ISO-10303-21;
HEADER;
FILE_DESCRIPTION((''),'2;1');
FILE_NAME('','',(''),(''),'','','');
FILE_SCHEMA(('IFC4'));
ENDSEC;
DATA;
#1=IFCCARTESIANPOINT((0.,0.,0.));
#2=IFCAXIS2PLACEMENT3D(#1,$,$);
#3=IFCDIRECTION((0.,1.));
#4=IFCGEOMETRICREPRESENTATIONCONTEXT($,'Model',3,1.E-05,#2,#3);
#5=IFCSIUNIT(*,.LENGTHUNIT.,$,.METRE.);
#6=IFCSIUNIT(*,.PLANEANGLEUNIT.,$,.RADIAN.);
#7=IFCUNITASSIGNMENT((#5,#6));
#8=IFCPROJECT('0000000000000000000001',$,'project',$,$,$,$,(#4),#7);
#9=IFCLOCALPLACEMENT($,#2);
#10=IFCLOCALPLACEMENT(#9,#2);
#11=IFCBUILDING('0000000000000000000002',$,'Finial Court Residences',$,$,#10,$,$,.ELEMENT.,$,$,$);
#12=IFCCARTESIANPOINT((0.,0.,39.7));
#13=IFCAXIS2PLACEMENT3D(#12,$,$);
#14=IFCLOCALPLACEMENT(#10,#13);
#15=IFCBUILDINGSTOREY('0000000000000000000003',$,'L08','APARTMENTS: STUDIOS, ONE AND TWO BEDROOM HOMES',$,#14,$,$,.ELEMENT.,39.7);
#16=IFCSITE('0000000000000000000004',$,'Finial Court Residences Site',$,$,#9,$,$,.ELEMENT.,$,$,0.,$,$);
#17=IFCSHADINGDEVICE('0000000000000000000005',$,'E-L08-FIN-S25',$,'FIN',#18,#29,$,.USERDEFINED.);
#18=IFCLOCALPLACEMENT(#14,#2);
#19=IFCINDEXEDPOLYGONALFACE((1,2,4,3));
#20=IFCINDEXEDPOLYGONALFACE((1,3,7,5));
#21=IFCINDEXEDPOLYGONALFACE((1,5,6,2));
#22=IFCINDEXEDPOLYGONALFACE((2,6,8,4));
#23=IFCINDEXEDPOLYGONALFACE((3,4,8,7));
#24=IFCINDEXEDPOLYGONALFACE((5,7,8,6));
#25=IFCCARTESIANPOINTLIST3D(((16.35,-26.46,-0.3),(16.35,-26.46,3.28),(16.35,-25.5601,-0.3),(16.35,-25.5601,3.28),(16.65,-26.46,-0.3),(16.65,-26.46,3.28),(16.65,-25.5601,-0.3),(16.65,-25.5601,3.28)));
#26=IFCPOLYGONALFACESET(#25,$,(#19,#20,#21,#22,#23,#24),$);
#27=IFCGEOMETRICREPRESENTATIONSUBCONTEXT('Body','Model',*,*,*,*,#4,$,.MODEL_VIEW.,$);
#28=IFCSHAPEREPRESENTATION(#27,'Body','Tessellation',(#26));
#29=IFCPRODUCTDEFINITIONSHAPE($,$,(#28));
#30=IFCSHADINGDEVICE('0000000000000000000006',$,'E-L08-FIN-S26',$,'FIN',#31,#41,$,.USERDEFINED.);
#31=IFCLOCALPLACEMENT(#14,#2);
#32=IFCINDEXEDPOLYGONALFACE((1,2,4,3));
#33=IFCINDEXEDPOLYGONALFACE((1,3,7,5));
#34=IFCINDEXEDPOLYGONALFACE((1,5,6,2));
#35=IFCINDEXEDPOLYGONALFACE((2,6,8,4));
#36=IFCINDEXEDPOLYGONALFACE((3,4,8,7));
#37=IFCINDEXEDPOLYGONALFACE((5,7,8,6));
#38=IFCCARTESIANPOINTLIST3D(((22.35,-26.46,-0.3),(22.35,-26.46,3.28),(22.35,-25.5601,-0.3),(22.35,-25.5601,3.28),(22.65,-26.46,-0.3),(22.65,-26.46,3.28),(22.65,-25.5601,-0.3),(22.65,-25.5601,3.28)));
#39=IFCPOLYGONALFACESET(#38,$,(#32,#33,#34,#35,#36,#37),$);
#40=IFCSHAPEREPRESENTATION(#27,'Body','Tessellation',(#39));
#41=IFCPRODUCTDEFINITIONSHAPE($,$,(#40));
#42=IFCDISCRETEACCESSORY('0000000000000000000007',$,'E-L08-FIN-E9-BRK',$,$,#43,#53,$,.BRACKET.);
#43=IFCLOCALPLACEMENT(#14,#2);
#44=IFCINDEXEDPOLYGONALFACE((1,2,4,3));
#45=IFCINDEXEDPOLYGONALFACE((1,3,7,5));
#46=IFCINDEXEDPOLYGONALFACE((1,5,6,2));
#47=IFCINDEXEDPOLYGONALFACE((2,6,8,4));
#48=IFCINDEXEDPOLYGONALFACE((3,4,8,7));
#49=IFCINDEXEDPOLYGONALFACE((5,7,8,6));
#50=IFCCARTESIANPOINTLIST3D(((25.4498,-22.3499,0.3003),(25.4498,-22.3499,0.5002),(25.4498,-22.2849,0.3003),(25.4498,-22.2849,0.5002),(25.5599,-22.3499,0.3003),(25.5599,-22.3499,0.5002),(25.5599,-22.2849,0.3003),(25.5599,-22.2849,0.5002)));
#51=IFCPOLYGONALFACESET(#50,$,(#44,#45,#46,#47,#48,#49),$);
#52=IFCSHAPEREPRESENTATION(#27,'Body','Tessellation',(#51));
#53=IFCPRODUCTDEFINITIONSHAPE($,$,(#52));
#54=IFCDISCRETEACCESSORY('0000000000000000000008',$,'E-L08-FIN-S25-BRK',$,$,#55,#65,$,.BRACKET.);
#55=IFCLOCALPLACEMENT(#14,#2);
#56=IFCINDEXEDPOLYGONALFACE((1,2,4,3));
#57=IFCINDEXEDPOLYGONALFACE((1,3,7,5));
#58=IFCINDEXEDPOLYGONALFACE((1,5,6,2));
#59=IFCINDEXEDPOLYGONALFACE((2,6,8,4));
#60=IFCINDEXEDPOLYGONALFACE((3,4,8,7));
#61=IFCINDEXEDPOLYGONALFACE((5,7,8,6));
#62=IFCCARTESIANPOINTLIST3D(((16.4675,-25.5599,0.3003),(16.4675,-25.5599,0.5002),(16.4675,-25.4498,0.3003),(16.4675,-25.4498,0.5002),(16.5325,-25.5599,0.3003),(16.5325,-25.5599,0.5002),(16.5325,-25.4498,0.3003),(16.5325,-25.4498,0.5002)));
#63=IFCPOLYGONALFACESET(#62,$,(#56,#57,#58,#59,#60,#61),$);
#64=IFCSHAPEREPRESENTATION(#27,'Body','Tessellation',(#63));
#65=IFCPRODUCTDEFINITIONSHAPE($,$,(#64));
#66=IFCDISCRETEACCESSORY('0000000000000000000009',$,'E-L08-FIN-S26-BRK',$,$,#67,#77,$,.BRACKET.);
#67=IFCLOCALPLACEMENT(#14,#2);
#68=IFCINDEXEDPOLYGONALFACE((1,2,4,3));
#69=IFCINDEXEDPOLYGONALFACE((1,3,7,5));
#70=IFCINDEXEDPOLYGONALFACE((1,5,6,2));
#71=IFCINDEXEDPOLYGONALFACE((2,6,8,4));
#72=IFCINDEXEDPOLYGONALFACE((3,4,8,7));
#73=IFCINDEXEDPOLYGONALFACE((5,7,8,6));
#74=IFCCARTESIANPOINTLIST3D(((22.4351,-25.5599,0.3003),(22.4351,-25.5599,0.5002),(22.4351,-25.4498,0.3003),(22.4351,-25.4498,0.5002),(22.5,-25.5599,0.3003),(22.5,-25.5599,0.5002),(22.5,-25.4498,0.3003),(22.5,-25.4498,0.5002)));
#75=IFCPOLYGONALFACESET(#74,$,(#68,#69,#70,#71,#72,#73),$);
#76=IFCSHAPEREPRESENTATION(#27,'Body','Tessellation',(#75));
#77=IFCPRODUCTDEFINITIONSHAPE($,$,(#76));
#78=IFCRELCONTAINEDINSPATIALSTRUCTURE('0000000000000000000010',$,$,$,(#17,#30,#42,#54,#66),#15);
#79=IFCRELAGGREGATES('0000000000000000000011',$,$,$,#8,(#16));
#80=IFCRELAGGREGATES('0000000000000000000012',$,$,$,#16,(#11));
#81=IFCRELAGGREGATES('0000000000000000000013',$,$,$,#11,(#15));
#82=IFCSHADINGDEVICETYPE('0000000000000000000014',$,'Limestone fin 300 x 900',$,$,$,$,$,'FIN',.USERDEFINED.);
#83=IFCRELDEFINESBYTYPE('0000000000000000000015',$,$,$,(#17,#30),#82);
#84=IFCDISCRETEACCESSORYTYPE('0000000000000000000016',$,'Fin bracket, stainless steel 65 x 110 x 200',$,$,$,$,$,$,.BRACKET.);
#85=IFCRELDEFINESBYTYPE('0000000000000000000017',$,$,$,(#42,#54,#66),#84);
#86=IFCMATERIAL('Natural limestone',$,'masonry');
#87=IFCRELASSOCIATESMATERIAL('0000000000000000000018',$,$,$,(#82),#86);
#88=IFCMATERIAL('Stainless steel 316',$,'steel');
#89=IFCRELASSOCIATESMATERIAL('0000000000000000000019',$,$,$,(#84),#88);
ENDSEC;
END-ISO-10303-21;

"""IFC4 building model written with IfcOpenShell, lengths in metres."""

from ifc_helpers import new_model, si_unit, direction, frame, origin, origin_2d, place, context, subcontext, project, spatial, rectangle, extrude, material, type_object, element, save


model = new_model("IFC4")

# Units and contexts
model_context = context("Model", 3, precision=1e-05, world=origin(), true_north=direction((0.0, 1.0)))
body_context = subcontext(model_context, "Body", "Model", "MODEL_VIEW")
ifc_project = project(units=[si_unit("LENGTHUNIT", "METRE"), si_unit("PLANEANGLEUNIT", "RADIAN")], contexts=[model_context])

# Site, building, storey
site_placement = place(None, origin())
site = spatial("IfcSite", under=ifc_project, at=site_placement, Name="Finial Court Residences Site", CompositionType="ELEMENT", RefElevation=0.0)
building_placement = place(site_placement, origin())
building = spatial("IfcBuilding", under=site, at=building_placement, Name="Finial Court Residences", CompositionType="ELEMENT")
storey_placement = place(building_placement, frame((0.0, 0.0, 39.7)))
storey = spatial("IfcBuildingStorey", under=building, at=storey_placement, Name="L08", Description="APARTMENTS: STUDIOS, ONE AND TWO BEDROOM HOMES", CompositionType="ELEMENT", Elevation=39.7)

# Shared definitions
ifc_material_1 = material(Name="Natural limestone", Category="masonry")

# Shading devices
shading_device_type = type_object("IfcShadingDeviceType", Name="Limestone fin 300 x 900", ElementType="FIN", PredefinedType="USERDEFINED", material=ifc_material_1)
for number, where, z_axis, x_axis, name in (
    (1, (16.5, -26.01, -0.3), (0.0, 0.0, 1.0), (1.0, 0.0, 0.0), "E-L08-FIN-S25"),
    (2, (22.5, -26.01, -0.3), (0.0, 0.0, 1.0), (1.0, 0.0, 0.0), "E-L08-FIN-S26"),
):
    element("IfcShadingDevice", number, at=place(storey_placement, frame(where, z_axis=z_axis, x_axis=x_axis)), inside=storey, type_object=shading_device_type, Name=name, ObjectType="FIN", PredefinedType="USERDEFINED", context=body_context, shape_type="SweptSolid", body=[
        extrude(rectangle(XDim=0.3, YDim=0.8999, at=origin_2d()), origin(), (0.0, 0.0, 1.0), 3.5801),
    ])

# Discrete accessories
ifc_material_2 = material(Name="Stainless steel 316", Category="steel")
discrete_accessory_type = type_object("IfcDiscreteAccessoryType", Name="Fin bracket, stainless steel 65 x 110 x 200", PredefinedType="BRACKET", material=ifc_material_2)
discrete_accessory_placement = place(storey_placement, frame((25.5049, -22.3174, 0.3003), z_axis=(0.0, 0.0, 1.0), x_axis=(1.0, 0.0, 0.0)))
element("IfcDiscreteAccessory", 3, at=discrete_accessory_placement, inside=storey, type_object=discrete_accessory_type, Name="E-L08-FIN-E9-BRK", PredefinedType="BRACKET", context=body_context, shape_type="SweptSolid", body=[
    extrude(rectangle(XDim=0.1101, YDim=0.0649, at=origin_2d()), origin(), (0.0, 0.0, 1.0), 0.2),
])
for number, where, z_axis, x_axis, name in (
    (4, (16.5, -25.5049, 0.3003), (0.0, 0.0, 1.0), (1.0, 0.0, 0.0), "E-L08-FIN-S25-BRK"),
    (5, (22.4675, -25.5049, 0.3003), (0.0, 0.0, 1.0), (1.0, 0.0, 0.0), "E-L08-FIN-S26-BRK"),
):
    element("IfcDiscreteAccessory", number, at=place(storey_placement, frame(where, z_axis=z_axis, x_axis=x_axis)), inside=storey, type_object=discrete_accessory_type, Name=name, PredefinedType="BRACKET", context=body_context, shape_type="SweptSolid", body=[
        extrude(rectangle(XDim=0.0649, YDim=0.1101, at=origin_2d()), origin(), (0.0, 0.0, 1.0), 0.2),
    ])

save(model, "model.ifc")
